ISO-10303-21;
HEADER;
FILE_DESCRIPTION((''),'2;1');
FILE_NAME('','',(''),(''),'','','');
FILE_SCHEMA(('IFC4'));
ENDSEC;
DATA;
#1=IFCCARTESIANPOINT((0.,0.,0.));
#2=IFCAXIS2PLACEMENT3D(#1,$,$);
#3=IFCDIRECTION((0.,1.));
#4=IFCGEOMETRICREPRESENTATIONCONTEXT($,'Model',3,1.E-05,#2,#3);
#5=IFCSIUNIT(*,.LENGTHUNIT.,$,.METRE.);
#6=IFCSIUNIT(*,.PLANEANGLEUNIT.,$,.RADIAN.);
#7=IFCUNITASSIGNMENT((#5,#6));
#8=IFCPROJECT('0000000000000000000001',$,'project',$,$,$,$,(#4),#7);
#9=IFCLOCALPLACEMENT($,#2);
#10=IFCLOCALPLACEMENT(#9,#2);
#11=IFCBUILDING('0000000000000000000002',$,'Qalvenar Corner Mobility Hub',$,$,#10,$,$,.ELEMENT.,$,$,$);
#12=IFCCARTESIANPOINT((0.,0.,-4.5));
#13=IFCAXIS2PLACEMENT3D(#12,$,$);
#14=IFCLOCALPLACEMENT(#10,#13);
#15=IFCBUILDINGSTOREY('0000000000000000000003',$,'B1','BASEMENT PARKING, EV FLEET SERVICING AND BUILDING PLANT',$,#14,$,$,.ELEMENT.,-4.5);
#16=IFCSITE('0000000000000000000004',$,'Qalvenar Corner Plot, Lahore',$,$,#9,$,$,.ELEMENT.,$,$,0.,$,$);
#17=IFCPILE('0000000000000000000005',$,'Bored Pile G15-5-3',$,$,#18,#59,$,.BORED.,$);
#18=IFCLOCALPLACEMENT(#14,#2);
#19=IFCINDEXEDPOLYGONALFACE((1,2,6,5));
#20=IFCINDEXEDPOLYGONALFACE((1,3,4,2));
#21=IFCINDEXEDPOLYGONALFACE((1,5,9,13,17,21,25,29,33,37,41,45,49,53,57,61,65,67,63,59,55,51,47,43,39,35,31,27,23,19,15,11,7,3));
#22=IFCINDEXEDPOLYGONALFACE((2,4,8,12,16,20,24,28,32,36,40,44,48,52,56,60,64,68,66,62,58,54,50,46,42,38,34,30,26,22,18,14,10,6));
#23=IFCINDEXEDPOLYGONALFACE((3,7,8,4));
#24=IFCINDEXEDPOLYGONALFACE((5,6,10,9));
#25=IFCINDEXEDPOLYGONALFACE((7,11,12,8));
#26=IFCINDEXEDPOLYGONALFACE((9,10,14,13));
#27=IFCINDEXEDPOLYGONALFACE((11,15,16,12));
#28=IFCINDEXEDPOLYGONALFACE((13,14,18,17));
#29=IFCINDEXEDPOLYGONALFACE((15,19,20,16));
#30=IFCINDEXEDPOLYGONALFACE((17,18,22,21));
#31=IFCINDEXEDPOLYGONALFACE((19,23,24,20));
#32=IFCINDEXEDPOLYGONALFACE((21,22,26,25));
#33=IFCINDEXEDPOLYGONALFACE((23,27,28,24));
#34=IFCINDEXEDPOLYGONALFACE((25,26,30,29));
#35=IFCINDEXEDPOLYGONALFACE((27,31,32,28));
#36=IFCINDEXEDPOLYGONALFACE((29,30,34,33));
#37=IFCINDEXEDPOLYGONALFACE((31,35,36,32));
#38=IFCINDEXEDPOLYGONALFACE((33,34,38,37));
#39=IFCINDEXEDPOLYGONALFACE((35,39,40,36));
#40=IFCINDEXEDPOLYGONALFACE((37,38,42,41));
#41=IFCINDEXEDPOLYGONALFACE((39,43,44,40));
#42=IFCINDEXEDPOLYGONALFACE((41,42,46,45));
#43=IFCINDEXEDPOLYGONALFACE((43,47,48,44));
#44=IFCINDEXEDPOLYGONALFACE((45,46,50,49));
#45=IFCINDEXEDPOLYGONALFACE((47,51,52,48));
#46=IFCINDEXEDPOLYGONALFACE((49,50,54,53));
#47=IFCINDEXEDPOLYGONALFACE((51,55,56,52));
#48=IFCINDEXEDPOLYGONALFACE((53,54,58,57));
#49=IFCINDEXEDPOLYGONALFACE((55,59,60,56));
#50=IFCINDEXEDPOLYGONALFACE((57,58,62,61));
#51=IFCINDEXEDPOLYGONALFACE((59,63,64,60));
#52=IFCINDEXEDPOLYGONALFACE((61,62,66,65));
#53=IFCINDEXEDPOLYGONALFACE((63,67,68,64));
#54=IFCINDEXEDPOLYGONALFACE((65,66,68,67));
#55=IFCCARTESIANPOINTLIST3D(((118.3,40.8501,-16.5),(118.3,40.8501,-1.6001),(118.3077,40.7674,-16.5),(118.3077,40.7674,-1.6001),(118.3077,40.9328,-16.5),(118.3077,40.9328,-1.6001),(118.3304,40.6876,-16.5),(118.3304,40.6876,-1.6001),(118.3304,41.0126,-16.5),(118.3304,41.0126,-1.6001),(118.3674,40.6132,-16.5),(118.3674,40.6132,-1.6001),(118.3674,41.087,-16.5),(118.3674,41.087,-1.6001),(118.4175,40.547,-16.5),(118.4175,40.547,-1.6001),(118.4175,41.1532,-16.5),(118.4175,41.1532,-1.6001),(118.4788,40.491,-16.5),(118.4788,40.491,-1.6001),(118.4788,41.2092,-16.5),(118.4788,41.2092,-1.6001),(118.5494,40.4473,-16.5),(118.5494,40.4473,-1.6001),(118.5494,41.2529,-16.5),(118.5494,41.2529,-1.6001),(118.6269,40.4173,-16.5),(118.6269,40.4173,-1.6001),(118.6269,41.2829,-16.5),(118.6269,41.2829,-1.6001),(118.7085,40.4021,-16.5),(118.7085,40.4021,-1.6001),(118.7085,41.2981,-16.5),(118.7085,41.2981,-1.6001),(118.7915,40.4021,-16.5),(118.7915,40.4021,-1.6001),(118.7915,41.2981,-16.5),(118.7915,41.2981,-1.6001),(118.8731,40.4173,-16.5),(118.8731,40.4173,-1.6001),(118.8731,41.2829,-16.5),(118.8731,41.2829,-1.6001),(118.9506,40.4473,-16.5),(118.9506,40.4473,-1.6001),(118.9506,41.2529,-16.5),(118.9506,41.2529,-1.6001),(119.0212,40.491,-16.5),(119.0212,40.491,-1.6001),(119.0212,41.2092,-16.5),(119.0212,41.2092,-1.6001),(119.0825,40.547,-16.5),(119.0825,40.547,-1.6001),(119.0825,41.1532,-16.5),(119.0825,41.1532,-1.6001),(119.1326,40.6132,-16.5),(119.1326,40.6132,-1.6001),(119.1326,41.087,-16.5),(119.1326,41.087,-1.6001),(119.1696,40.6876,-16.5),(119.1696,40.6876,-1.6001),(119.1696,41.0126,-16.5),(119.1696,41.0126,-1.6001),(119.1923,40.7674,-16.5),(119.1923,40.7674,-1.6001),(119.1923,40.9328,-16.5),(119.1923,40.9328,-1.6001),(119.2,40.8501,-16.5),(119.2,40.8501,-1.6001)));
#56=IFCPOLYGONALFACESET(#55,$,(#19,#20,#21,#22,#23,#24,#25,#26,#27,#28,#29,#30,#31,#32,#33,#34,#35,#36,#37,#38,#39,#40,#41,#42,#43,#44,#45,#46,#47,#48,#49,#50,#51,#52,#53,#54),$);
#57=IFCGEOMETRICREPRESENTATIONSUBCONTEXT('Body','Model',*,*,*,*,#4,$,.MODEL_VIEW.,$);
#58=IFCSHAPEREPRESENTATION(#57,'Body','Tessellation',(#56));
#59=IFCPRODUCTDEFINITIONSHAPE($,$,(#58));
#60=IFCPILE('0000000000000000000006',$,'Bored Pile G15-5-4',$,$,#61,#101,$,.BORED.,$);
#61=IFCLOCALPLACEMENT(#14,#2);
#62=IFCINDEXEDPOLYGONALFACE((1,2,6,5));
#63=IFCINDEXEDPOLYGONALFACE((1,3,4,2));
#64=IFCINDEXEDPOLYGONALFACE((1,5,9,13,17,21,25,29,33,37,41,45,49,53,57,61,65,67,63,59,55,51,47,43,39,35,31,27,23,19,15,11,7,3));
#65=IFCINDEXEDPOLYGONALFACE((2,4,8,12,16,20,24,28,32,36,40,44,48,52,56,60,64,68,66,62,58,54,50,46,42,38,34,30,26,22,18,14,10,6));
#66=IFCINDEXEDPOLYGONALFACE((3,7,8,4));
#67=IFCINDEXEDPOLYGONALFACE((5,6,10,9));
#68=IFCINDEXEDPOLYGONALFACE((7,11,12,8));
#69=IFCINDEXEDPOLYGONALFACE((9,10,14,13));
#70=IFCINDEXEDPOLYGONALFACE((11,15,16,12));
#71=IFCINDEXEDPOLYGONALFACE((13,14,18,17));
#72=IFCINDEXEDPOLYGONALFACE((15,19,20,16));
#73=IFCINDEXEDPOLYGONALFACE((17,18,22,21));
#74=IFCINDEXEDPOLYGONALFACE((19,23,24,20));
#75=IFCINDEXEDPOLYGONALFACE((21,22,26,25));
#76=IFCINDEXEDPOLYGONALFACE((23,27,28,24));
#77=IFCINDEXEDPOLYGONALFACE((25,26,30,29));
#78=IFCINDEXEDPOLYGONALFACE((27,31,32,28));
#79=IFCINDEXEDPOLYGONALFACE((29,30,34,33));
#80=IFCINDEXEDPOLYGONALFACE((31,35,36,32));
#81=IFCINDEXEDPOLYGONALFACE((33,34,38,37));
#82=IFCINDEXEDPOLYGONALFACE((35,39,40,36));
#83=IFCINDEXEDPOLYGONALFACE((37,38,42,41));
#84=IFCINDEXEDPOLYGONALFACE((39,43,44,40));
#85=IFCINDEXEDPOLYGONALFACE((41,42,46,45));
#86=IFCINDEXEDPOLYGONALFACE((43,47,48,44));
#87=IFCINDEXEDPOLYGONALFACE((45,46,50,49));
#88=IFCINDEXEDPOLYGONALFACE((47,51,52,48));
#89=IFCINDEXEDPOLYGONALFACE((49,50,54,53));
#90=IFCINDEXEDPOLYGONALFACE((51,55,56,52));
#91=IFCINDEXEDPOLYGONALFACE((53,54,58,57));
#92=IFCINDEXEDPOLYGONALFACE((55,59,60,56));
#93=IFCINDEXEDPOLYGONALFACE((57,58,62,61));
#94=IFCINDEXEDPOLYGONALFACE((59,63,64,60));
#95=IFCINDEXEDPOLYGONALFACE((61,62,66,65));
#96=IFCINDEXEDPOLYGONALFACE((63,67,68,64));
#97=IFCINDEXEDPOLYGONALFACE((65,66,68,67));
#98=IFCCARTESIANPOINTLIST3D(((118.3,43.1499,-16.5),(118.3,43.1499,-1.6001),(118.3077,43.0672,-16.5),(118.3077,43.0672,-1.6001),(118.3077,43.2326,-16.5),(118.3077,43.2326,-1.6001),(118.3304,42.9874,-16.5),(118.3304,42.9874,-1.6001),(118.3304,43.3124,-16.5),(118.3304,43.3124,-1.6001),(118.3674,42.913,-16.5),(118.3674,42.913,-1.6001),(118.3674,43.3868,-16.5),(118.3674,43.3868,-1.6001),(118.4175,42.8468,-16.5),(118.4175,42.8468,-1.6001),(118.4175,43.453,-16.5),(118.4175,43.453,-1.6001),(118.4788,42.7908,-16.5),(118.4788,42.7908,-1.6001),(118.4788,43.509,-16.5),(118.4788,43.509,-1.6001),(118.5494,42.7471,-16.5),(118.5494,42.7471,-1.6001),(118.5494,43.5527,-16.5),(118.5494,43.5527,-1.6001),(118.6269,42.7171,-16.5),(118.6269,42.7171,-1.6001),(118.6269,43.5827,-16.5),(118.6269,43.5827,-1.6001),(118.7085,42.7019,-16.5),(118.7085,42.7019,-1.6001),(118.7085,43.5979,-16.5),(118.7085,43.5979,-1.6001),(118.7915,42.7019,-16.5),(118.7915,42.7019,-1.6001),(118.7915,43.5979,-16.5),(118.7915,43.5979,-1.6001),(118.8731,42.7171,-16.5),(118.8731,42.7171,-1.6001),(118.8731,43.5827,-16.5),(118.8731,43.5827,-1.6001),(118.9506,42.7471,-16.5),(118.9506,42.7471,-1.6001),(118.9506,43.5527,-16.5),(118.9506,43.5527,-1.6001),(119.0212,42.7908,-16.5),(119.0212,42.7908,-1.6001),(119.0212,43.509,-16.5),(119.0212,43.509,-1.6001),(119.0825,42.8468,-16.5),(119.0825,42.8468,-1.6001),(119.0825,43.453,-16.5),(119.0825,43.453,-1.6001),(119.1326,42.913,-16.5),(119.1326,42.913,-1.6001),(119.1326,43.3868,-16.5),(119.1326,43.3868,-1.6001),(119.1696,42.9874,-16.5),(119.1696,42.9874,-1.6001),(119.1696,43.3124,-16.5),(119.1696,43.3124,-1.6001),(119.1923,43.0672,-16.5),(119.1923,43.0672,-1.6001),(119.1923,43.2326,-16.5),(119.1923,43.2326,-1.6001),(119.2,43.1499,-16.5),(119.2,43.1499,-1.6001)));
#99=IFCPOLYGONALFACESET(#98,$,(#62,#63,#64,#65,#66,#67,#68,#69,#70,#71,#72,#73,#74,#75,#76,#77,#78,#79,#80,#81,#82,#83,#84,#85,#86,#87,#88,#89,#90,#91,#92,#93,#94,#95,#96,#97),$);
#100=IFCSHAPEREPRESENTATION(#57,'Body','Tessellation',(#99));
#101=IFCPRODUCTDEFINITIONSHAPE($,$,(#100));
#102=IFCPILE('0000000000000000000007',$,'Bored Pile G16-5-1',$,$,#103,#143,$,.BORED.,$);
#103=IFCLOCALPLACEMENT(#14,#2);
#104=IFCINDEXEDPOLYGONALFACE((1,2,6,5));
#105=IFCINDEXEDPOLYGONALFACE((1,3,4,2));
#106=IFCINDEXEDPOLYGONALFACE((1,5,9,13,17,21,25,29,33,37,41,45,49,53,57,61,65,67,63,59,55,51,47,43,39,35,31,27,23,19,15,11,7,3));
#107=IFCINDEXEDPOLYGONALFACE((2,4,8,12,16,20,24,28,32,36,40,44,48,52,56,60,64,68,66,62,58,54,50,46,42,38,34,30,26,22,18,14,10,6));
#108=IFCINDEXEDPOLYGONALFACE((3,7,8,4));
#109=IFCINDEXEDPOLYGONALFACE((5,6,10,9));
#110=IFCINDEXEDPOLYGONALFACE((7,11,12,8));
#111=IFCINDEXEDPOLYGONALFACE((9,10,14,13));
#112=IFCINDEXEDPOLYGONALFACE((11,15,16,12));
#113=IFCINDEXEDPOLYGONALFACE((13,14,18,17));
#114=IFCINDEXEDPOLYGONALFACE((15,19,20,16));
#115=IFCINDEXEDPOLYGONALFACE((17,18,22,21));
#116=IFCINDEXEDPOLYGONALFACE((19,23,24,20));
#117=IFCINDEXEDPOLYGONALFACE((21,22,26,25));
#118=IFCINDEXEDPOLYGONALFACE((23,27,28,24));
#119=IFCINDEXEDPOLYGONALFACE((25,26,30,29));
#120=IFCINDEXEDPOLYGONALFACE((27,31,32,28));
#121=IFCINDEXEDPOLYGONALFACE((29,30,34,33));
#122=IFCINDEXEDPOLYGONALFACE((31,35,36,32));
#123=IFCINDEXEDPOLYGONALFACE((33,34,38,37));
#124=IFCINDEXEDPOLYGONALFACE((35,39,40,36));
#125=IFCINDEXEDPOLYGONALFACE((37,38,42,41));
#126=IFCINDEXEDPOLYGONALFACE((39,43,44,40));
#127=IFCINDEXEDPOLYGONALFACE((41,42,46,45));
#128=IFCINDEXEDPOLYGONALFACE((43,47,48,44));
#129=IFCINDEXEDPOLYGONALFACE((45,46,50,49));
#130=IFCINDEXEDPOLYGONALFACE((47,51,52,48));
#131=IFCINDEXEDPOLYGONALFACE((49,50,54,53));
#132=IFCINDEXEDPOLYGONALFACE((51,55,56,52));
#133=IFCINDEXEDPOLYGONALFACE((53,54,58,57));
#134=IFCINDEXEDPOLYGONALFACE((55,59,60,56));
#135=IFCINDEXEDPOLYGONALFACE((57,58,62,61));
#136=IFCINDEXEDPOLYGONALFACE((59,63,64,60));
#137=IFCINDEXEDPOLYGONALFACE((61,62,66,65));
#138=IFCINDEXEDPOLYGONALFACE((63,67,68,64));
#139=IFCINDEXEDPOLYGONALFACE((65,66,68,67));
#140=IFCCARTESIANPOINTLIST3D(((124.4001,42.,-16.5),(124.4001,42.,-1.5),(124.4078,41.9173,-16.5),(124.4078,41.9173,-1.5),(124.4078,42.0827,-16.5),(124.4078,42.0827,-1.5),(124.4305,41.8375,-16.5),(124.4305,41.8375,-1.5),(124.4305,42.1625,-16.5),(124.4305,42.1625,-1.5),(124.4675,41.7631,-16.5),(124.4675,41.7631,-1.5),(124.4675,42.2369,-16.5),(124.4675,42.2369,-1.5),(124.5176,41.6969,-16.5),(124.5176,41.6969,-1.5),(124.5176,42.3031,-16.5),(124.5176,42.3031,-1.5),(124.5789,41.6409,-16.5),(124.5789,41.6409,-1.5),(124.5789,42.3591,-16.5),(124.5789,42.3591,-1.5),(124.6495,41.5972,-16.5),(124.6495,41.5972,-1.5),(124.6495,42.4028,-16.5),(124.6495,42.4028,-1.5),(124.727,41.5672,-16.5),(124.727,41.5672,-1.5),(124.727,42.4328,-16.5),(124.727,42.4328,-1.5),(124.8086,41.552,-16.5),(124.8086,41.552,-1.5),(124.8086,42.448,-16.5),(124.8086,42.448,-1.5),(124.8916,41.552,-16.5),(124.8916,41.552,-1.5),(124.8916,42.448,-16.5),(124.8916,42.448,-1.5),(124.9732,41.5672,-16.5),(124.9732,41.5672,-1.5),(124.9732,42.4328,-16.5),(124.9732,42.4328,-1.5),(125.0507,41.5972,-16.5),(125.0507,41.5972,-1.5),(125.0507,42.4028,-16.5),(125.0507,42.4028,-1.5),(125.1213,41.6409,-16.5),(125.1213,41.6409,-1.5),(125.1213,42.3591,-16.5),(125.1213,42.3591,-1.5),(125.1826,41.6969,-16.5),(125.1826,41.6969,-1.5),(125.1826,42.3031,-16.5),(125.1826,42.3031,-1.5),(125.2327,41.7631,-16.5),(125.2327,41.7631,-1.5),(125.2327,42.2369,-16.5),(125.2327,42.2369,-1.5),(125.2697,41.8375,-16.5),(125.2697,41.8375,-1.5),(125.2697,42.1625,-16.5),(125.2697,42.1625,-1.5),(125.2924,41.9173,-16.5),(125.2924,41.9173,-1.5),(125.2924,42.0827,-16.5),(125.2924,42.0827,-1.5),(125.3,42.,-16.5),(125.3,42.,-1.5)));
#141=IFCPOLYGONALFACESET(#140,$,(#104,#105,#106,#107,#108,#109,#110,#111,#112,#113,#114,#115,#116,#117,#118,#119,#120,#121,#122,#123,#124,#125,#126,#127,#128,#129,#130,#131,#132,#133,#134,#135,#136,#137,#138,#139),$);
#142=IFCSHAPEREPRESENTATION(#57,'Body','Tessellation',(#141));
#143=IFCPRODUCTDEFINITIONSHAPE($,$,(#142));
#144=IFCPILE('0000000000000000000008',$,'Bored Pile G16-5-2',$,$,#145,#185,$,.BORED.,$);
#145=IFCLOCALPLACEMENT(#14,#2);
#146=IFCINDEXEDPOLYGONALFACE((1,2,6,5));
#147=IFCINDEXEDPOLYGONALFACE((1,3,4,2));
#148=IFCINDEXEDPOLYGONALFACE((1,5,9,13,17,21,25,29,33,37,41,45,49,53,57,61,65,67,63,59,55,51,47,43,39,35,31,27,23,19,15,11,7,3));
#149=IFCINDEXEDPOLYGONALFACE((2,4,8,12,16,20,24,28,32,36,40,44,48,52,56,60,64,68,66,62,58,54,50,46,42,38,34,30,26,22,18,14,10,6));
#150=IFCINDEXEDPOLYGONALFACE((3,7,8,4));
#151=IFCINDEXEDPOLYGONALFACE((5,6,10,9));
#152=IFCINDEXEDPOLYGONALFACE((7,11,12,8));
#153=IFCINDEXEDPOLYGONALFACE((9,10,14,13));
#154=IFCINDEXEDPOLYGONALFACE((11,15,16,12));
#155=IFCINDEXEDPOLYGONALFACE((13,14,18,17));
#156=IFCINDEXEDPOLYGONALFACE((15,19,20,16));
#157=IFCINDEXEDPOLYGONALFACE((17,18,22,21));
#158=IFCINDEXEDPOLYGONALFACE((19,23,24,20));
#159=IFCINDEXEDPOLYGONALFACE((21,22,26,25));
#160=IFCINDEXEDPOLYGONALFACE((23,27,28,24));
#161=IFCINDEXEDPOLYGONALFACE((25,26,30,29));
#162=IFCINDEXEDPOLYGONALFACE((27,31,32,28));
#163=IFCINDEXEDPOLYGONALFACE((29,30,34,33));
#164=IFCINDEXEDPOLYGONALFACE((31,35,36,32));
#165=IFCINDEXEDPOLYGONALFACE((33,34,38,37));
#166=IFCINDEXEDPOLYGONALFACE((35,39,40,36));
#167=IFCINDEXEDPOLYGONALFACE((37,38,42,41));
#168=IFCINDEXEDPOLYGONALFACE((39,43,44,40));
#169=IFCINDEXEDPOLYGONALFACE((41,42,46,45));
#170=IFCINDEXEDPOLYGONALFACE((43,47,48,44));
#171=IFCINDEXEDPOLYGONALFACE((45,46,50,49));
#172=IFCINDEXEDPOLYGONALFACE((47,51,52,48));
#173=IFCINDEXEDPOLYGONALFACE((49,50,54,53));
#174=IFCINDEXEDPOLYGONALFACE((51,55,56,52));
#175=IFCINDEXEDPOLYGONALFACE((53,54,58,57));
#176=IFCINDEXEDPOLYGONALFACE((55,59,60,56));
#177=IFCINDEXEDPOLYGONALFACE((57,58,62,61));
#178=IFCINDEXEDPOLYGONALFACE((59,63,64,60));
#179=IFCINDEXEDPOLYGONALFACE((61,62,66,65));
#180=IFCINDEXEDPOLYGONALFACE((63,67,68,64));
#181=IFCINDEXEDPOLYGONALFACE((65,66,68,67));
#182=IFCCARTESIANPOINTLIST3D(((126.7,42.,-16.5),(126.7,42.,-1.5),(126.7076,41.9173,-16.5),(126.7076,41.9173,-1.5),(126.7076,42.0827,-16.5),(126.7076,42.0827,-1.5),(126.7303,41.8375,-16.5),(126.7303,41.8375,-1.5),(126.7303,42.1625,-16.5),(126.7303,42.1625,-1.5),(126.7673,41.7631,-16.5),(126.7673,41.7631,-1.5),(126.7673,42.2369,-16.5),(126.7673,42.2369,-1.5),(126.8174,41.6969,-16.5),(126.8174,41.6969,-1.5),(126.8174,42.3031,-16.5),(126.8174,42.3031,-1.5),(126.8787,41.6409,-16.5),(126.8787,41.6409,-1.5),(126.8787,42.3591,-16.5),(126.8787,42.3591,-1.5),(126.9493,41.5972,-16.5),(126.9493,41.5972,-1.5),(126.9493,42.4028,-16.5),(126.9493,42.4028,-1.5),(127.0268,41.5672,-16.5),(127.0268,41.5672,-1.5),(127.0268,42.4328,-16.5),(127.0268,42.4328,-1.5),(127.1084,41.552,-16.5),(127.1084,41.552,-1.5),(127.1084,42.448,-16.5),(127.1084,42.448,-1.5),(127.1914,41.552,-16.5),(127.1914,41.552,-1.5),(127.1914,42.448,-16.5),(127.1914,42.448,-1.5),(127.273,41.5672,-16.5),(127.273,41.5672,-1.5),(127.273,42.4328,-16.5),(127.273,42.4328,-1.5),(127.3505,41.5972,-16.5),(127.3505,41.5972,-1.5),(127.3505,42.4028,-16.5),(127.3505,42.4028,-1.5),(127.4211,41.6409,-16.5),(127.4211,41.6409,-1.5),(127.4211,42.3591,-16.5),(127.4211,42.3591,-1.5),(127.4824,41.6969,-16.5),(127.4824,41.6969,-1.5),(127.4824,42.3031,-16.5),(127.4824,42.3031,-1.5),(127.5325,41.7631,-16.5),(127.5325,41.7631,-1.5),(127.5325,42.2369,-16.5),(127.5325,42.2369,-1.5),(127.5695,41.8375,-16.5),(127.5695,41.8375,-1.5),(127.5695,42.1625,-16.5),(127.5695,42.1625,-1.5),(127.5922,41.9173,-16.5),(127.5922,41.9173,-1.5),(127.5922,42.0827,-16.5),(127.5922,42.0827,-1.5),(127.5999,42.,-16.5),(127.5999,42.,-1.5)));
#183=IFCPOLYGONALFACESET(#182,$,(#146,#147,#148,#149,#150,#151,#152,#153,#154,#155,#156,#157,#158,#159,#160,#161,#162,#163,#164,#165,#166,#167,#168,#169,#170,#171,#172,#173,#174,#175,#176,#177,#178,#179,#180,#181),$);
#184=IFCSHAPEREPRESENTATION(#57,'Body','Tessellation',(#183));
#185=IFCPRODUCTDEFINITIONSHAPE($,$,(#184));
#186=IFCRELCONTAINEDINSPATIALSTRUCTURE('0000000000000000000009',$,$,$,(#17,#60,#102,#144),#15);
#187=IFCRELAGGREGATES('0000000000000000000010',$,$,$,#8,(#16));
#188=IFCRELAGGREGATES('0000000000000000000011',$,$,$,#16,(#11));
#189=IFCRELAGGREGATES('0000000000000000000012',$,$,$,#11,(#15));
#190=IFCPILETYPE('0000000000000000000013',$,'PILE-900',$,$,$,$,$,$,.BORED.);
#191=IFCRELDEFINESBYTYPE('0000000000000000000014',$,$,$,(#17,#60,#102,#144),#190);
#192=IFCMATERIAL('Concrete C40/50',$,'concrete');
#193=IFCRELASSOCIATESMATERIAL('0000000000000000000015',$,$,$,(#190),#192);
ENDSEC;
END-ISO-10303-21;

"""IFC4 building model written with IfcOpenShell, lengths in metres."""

from ifc_helpers import new_model, si_unit, direction, frame, origin, origin_2d, place, context, subcontext, project, spatial, circle, extrude, material, material_profile, profile_set, type_object, element, save


model = new_model("IFC4")

# Units and contexts
model_context = context("Model", 3, precision=1e-05, world=origin(), true_north=direction((0.0, 1.0)))
body_context = subcontext(model_context, "Body", "Model", "MODEL_VIEW")
ifc_project = project(units=[si_unit("LENGTHUNIT", "METRE"), si_unit("PLANEANGLEUNIT", "RADIAN")], contexts=[model_context])

# Site, building, storey
site_placement = place(None, origin())
site = spatial("IfcSite", under=ifc_project, at=site_placement, Name="Qalvenar Corner Plot, Lahore", CompositionType="ELEMENT", RefElevation=0.0)
building_placement = place(site_placement, origin())
building = spatial("IfcBuilding", under=site, at=building_placement, Name="Qalvenar Corner Mobility Hub", CompositionType="ELEMENT")
storey_placement = place(building_placement, frame((0.0, 0.0, -4.5)))
storey = spatial("IfcBuildingStorey", under=building, at=storey_placement, Name="B1", Description="BASEMENT PARKING, EV FLEET SERVICING AND BUILDING PLANT", CompositionType="ELEMENT", Elevation=-4.5)

# Shared definitions
ifc_material_1 = material(Name="Concrete C40/50", Category="concrete")

# Piles
ifc_material_profile_1 = material_profile(ifc_material_1, circle(Radius=0.45, at=origin_2d()), Name="DIA900")
ifc_profile_set_1 = profile_set([ifc_material_profile_1], Name="Concrete C40/50")
pile_type_1 = type_object("IfcPileType", Name="PILE-900", PredefinedType="BORED", material=ifc_profile_set_1)
for number, where, z_axis, x_axis, name in (
    (1, (118.75, 40.8501, -1.6001), (0.0, 0.0, -1.0), (1.0, 0.0, 0.0), "Bored Pile G15-5-3"),
    (2, (118.75, 43.1499, -1.6001), (0.0, 0.0, -1.0), (1.0, 0.0, 0.0), "Bored Pile G15-5-4"),
):
    element("IfcPile", number, at=place(storey_placement, frame(where, z_axis=z_axis, x_axis=x_axis)), inside=storey, type_object=pile_type_1, Name=name, PredefinedType="BORED", context=body_context, shape_type="SweptSolid", body=[
        extrude(circle(Radius=0.45, at=origin_2d()), origin(), (0.0, 0.0, 1.0), 14.8999),
    ])
for number, where, z_axis, x_axis, name in (
    (3, (124.8501, 42.0, -1.5), (0.0, 0.0, -1.0), (1.0, 0.0, 0.0), "Bored Pile G16-5-1"),
    (4, (127.1499, 42.0, -1.5), (0.0, 0.0, -1.0), (1.0, 0.0, 0.0), "Bored Pile G16-5-2"),
):
    element("IfcPile", number, at=place(storey_placement, frame(where, z_axis=z_axis, x_axis=x_axis)), inside=storey, type_object=pile_type_1, Name=name, PredefinedType="BORED", context=body_context, shape_type="SweptSolid", body=[
        extrude(circle(Radius=0.45, at=origin_2d()), origin(), (0.0, 0.0, 1.0), 15.0),
    ])

save(model, "model.ifc")
